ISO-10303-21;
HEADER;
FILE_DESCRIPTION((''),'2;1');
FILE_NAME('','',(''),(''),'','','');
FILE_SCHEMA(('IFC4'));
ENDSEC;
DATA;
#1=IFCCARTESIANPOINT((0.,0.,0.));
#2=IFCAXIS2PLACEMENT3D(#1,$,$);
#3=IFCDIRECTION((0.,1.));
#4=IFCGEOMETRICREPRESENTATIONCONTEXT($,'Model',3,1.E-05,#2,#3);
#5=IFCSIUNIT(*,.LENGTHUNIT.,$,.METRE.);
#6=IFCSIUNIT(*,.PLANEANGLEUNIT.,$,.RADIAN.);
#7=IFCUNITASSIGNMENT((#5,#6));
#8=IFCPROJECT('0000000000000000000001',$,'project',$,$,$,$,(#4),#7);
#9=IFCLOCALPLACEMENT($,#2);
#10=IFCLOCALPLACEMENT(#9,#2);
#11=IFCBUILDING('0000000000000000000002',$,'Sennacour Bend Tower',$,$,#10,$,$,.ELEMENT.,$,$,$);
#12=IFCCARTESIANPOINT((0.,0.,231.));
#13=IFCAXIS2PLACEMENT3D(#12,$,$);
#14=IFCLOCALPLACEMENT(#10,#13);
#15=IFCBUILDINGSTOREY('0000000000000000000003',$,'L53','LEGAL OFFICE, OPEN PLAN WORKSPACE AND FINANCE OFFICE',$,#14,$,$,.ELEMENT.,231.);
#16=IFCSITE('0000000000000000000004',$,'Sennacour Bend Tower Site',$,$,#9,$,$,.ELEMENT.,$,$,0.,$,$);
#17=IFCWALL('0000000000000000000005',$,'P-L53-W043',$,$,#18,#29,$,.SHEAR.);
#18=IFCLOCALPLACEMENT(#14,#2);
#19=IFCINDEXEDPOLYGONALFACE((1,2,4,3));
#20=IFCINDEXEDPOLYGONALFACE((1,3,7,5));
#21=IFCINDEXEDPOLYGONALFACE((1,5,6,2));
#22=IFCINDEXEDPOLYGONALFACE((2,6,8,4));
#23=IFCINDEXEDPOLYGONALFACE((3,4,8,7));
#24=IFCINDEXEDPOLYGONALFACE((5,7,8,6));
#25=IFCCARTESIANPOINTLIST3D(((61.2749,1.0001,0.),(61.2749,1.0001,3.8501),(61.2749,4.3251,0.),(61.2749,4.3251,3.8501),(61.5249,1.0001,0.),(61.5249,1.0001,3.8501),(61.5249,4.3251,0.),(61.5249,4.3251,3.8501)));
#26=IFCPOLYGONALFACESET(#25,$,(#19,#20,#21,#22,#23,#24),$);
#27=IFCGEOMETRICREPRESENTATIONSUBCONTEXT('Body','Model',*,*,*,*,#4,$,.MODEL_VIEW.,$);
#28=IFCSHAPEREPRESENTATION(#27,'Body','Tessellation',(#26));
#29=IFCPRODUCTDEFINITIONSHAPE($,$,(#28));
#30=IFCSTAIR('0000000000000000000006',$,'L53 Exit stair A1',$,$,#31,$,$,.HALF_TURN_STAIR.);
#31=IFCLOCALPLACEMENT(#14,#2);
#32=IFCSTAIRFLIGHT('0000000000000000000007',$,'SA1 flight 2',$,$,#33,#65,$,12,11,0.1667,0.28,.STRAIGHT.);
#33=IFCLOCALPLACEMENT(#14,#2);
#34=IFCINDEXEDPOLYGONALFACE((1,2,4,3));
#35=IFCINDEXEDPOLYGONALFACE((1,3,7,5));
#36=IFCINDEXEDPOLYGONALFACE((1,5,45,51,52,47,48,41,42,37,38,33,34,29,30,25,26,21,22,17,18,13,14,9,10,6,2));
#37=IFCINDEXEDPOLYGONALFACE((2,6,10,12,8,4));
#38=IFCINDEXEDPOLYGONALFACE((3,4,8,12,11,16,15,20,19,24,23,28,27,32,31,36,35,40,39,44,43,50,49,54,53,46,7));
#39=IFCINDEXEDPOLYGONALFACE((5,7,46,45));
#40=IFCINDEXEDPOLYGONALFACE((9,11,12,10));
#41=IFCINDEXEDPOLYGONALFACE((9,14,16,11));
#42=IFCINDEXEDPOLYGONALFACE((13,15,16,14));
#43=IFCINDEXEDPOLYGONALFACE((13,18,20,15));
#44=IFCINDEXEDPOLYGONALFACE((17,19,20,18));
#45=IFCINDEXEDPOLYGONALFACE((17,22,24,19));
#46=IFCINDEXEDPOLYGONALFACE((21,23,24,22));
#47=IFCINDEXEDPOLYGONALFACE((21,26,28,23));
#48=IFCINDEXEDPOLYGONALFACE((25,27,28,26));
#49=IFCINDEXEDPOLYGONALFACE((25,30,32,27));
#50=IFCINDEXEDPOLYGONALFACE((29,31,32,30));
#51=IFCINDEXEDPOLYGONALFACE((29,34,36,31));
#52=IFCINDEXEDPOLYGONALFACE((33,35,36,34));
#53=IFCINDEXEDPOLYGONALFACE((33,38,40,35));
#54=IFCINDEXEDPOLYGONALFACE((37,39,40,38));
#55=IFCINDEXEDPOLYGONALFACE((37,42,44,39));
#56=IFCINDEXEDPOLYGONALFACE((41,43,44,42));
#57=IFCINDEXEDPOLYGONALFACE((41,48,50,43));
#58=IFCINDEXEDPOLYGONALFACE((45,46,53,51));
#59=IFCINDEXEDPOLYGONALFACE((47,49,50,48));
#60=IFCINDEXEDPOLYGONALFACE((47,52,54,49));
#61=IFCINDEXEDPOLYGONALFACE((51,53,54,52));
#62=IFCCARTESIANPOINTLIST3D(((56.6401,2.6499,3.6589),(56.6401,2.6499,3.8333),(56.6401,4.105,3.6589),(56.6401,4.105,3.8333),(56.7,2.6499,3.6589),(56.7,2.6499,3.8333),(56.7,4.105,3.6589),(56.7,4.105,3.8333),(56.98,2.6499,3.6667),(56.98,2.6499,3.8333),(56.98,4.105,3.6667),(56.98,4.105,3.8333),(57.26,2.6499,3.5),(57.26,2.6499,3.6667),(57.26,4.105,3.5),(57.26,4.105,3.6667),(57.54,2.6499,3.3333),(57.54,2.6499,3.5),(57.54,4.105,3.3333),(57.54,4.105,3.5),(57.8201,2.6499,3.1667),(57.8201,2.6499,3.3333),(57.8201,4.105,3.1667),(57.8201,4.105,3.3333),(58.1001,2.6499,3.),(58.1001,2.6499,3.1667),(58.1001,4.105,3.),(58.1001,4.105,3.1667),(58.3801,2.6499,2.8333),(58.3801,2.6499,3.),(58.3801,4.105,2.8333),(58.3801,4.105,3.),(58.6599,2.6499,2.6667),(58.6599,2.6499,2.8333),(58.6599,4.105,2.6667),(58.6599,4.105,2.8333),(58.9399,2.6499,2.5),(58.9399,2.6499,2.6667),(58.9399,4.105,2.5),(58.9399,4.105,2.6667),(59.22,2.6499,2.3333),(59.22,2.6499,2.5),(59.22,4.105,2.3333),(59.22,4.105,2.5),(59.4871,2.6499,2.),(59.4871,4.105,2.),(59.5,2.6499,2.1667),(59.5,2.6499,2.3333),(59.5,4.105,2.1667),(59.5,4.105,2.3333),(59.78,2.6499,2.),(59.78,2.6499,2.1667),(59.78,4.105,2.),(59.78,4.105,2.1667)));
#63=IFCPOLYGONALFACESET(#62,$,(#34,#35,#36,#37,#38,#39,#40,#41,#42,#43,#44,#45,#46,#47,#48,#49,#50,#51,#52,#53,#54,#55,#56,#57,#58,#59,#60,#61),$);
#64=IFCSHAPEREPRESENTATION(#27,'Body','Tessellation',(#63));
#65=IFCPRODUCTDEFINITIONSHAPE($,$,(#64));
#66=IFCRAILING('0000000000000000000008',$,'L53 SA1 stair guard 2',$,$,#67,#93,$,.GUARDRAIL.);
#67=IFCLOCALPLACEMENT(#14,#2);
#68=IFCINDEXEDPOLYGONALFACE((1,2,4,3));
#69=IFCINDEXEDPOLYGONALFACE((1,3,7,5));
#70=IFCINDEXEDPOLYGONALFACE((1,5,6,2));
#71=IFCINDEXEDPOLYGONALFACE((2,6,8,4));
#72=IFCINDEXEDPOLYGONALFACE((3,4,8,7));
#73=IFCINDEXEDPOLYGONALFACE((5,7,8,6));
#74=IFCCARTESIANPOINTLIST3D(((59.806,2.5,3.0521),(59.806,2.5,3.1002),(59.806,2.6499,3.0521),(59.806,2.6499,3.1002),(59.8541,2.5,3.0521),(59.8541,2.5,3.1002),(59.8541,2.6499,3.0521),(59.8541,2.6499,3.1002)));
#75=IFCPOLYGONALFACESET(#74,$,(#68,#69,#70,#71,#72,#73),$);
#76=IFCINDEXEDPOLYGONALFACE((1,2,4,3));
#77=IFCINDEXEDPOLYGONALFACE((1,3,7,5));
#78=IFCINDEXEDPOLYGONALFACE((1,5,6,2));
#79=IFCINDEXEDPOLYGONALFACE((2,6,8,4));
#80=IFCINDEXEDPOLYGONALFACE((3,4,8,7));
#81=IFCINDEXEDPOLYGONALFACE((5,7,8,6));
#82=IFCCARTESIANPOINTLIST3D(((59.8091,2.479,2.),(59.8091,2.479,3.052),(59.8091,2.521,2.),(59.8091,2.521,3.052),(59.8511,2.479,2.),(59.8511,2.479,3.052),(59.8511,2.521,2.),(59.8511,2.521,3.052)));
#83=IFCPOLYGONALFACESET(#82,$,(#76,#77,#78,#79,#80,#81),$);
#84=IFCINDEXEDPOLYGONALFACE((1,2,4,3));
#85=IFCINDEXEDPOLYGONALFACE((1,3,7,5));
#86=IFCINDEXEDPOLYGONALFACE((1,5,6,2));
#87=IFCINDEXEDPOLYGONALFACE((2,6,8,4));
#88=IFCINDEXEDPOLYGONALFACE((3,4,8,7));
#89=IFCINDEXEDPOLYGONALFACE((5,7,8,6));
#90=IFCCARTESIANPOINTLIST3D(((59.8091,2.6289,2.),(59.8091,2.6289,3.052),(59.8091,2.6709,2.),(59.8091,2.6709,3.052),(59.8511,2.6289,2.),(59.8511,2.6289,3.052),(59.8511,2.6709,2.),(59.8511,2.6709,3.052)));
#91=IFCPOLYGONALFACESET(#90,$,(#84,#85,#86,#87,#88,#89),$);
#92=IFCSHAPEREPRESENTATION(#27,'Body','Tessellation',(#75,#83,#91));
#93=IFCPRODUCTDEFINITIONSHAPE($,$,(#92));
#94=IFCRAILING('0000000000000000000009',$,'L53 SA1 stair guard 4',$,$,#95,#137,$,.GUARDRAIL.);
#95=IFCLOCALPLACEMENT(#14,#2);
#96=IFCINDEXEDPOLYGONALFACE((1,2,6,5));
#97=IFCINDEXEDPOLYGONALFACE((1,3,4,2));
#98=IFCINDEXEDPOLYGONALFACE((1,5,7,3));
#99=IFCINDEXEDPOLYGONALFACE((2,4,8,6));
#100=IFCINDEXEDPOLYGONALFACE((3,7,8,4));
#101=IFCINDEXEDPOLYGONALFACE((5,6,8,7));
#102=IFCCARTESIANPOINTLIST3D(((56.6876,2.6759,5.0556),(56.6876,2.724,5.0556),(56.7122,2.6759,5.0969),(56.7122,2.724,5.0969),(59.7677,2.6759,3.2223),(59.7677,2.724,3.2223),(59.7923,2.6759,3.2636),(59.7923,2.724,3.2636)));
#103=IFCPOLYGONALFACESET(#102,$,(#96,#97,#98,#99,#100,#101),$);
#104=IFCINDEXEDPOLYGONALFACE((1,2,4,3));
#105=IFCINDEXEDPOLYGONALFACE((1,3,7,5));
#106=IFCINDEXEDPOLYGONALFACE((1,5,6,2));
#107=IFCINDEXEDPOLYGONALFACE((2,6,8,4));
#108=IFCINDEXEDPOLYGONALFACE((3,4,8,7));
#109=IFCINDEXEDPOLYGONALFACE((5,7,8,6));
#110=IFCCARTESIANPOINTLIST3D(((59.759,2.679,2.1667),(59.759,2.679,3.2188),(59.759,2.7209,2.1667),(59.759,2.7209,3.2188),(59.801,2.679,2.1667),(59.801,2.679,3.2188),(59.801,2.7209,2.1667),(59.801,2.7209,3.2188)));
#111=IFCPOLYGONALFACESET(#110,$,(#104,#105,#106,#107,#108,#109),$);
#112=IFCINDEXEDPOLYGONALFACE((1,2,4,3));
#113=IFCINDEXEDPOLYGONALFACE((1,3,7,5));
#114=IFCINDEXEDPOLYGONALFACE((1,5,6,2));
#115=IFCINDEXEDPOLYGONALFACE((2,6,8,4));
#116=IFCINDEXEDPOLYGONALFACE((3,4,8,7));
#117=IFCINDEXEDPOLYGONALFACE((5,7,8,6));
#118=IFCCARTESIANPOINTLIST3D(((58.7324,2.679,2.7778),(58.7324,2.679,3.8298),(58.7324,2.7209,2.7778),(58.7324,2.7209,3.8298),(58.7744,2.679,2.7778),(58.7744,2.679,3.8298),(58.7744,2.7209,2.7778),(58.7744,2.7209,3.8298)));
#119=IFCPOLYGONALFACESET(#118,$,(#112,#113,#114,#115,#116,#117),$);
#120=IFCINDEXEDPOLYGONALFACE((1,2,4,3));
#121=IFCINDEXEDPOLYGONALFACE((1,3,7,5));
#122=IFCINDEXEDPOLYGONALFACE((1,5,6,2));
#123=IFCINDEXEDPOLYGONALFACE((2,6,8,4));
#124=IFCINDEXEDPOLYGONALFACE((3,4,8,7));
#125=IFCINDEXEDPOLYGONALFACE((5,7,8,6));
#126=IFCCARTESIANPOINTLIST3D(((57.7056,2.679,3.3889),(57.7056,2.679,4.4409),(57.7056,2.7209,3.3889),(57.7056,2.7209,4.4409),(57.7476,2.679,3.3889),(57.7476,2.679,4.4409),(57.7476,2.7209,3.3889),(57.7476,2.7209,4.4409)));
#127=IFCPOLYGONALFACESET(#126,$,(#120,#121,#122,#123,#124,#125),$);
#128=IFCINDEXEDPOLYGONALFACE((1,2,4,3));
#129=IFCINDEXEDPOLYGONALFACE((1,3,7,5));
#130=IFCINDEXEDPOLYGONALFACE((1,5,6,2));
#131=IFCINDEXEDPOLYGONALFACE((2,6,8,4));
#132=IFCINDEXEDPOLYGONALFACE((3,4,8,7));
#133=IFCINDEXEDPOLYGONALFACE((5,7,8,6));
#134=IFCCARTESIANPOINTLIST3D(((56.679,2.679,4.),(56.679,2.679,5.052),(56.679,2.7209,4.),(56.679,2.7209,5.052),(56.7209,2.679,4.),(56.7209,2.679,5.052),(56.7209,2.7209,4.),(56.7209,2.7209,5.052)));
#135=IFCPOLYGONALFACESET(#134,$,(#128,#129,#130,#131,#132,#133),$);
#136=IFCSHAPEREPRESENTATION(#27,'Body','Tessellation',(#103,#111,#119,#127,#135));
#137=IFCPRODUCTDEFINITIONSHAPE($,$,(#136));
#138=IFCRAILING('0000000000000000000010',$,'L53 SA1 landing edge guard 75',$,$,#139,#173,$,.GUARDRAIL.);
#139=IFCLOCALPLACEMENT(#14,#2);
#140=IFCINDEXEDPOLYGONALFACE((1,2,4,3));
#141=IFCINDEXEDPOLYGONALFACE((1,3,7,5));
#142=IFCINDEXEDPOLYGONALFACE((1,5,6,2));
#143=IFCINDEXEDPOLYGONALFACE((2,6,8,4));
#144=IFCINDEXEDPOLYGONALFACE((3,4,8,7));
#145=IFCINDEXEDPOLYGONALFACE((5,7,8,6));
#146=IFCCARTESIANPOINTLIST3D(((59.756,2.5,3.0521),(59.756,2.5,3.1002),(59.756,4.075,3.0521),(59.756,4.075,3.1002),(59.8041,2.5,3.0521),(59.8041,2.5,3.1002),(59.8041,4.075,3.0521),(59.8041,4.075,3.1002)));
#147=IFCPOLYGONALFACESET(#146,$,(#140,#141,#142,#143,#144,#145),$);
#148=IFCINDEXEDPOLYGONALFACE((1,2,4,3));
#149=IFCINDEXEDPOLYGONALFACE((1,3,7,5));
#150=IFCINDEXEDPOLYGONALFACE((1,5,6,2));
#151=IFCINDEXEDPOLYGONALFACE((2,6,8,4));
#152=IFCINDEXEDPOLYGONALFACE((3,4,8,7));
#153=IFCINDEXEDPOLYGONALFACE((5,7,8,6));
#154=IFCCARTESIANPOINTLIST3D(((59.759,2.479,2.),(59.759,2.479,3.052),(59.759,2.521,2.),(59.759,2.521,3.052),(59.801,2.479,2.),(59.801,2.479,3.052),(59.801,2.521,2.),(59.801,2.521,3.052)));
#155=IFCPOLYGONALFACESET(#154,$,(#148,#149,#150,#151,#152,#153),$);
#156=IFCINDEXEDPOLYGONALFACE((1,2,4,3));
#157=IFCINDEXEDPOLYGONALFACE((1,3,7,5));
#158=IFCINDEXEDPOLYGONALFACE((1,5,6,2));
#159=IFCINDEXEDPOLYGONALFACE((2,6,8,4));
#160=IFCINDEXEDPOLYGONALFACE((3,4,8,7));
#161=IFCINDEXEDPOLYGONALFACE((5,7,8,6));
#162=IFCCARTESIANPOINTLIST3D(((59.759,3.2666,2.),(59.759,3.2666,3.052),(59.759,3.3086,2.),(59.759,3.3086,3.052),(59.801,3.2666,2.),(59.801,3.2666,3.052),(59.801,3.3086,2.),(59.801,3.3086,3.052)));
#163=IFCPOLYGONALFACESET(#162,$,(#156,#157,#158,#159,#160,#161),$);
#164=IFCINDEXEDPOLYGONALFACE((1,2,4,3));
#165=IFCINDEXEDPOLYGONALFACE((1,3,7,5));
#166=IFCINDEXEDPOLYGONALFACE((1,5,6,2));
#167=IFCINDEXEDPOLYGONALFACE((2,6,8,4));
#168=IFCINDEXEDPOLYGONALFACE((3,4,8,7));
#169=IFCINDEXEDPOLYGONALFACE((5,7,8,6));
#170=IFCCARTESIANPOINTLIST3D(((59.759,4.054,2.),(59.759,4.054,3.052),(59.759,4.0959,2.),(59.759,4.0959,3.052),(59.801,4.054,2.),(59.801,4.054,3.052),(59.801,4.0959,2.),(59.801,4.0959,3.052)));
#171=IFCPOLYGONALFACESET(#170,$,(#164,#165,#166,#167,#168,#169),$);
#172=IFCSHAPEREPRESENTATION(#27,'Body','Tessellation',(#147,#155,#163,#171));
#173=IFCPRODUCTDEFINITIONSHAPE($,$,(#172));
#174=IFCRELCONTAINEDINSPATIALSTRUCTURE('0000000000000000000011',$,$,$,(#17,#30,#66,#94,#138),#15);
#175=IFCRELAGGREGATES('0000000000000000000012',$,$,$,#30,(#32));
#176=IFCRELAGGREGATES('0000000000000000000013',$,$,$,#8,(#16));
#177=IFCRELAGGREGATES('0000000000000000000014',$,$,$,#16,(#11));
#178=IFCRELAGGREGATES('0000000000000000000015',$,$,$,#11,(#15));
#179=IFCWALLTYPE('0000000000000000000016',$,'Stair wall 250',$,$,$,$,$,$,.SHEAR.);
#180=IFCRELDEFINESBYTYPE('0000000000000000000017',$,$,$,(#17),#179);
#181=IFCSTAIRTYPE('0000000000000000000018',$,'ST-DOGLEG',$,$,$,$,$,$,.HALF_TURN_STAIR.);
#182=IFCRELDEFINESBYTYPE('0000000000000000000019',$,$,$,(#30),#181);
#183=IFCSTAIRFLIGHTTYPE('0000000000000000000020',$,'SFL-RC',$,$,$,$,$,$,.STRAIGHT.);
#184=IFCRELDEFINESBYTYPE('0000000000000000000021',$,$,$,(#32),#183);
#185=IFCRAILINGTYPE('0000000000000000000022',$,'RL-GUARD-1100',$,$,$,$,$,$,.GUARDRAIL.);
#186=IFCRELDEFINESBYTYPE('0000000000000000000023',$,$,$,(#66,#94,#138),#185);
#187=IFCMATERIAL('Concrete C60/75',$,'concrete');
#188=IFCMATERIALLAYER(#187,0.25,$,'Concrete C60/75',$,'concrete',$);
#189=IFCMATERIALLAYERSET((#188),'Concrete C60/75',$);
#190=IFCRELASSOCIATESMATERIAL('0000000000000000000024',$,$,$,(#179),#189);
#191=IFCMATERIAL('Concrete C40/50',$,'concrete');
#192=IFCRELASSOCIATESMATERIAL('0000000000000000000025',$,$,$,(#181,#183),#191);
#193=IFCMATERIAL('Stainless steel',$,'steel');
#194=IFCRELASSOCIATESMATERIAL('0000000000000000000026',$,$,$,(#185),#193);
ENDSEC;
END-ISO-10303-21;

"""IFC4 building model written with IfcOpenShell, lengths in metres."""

from ifc_helpers import new_model, si_unit, direction, frame, frame_2d, origin, origin_2d, place, context, subcontext, project, spatial, polyline, rectangle, outline, extrude, material, layer, layer_set, type_object, element, aggregate, save


model = new_model("IFC4")

# Units and contexts
model_context = context("Model", 3, precision=1e-05, world=origin(), true_north=direction((0.0, 1.0)))
body_context = subcontext(model_context, "Body", "Model", "MODEL_VIEW")
ifc_project = project(units=[si_unit("LENGTHUNIT", "METRE"), si_unit("PLANEANGLEUNIT", "RADIAN")], contexts=[model_context])

# Site, building, storey
site_placement = place(None, origin())
site = spatial("IfcSite", under=ifc_project, at=site_placement, Name="Sennacour Bend Tower Site", CompositionType="ELEMENT", RefElevation=0.0)
building_placement = place(site_placement, origin())
building = spatial("IfcBuilding", under=site, at=building_placement, Name="Sennacour Bend Tower", CompositionType="ELEMENT")
storey_placement = place(building_placement, frame((0.0, 0.0, 231.0)))
storey = spatial("IfcBuildingStorey", under=building, at=storey_placement, Name="L53", Description="LEGAL OFFICE, OPEN PLAN WORKSPACE AND FINANCE OFFICE", CompositionType="ELEMENT", Elevation=231.0)

# Shared definitions
ifc_material_1 = material(Name="Concrete C60/75", Category="concrete")

# Shared definitions
ifc_material_2 = material(Name="Stainless steel", Category="steel")

# Wall
ifc_layer_1 = layer(ifc_material_1, 0.25, Name="Concrete C60/75", Category="concrete")
ifc_layer_set_1 = layer_set([ifc_layer_1], Name="Concrete C60/75")
wall_type_1 = type_object("IfcWallType", Name="Stair wall 250", PredefinedType="SHEAR", material=ifc_layer_set_1)
wall_1_placement = place(storey_placement, frame((61.3999, 1.0, 0.0), z_axis=(0.0, 0.0, 1.0), x_axis=(0.0, 1.0, 0.0)))
element("IfcWall", 1, at=wall_1_placement, inside=storey, type_object=wall_type_1, Name="P-L53-W043", PredefinedType="SHEAR", context=body_context, shape_type="SweptSolid", body=[
    extrude(rectangle(XDim=3.325, YDim=0.25, at=frame_2d((1.6626, 0.0))), origin(), (0.0, 0.0, 1.0), 3.8501),
])

# Stair, stair flight
ifc_material_3 = material(Name="Concrete C40/50", Category="concrete")
stair_type = type_object("IfcStairType", Name="ST-DOGLEG", PredefinedType="HALF_TURN_STAIR", material=ifc_material_3)
stair_placement = place(storey_placement, origin())
stair = element("IfcStair", 2, at=stair_placement, inside=storey, type_object=stair_type, Name="L53 Exit stair A1", PredefinedType="HALF_TURN_STAIR")
stair_flight_type = type_object("IfcStairFlightType", Name="SFL-RC", PredefinedType="STRAIGHT", material=ifc_material_3)
stair_flight_placement = place(storey_placement, frame((59.78, 3.3774, 2.0), z_axis=(0.0, 0.0, 1.0), x_axis=(-1.0, 0.0, 0.0)))
stair_flight = element("IfcStairFlight", 3, at=stair_flight_placement, type_object=stair_flight_type, Name="SA1 flight 2", NumberOfRisers=12, NumberOfTreads=11, PredefinedType="STRAIGHT", RiserHeight=0.1667, TreadLength=0.28, context=body_context, shape_type="SweptSolid", body=[
    extrude(outline(polyline([(0.0, 0.0), (0.0, 0.1667), (0.28, 0.1667), (0.28, 0.3333), (0.5601, 0.3333), (0.5601, 0.5), (0.8401, 0.5), (0.8401, 0.6667), (1.1201, 0.6667), (1.1201, 0.8333), (1.3999, 0.8333), (1.3999, 1.0), (1.6799, 1.0), (1.6799, 1.1667), (1.96, 1.1667), (1.96, 1.3333), (2.24, 1.3333), (2.24, 1.5), (2.52, 1.5), (2.52, 1.6667), (2.8, 1.6667), (2.8, 1.8333), (3.0801, 1.8333), (3.1399, 1.8333), (3.1399, 1.6589), (3.0801, 1.6589), (0.293, 0.0), (0.0, 0.0)])), frame((0.0, 0.7275, 0.0), z_axis=(0.0, -1.0, 0.0), x_axis=(1.0, 0.0, 0.0)), (0.0, 0.0, 1.0), 1.4551),
])
aggregate(stair, [stair_flight])

# Railings
railing_type_1 = type_object("IfcRailingType", Name="RL-GUARD-1100", PredefinedType="GUARDRAIL", material=ifc_material_2)
railing_1_placement = place(storey_placement, frame((59.8301, 2.5, 2.0)))
element("IfcRailing", 4, at=railing_1_placement, inside=storey, type_object=railing_type_1, Name="L53 SA1 stair guard 2", PredefinedType="GUARDRAIL", context=body_context, shape_type="SweptSolid", body=[
    extrude(rectangle(XDim=0.0481, YDim=0.0481, at=origin_2d()), frame((0.0, 0.0, 1.0762), z_axis=(0.0, 1.0, 0.0), x_axis=(-1.0, 0.0, 0.0)), (0.0, 0.0, 1.0), 0.1499),
    extrude(rectangle(XDim=0.042, YDim=0.042, at=origin_2d()), origin(), (0.0, 0.0, 1.0), 1.052),
    extrude(rectangle(XDim=0.042, YDim=0.042, at=origin_2d()), frame((0.0, 0.1499, 0.0)), (0.0, 0.0, 1.0), 1.052),
])
railing_2_placement = place(storey_placement, frame((59.78, 2.7, 2.1667)))
element("IfcRailing", 5, at=railing_2_placement, inside=storey, type_object=railing_type_1, Name="L53 SA1 stair guard 4", PredefinedType="GUARDRAIL", context=body_context, shape_type="SweptSolid", body=[
    extrude(rectangle(XDim=0.0481, YDim=0.0481, at=origin_2d()), frame((0.0, 0.0, 1.0762), z_axis=(-0.859309, 0.0, 0.511458), x_axis=(0.0, -1.0, 0.0)), (0.0, 0.0, 1.0), 3.5845),
    extrude(rectangle(XDim=0.042, YDim=0.042, at=origin_2d()), origin(), (0.0, 0.0, 1.0), 1.052),
    extrude(rectangle(XDim=0.042, YDim=0.042, at=origin_2d()), frame((-1.0266, 0.0, 0.6111)), (0.0, 0.0, 1.0), 1.052),
    extrude(rectangle(XDim=0.042, YDim=0.042, at=origin_2d()), frame((-2.0535, 0.0, 1.2222)), (0.0, 0.0, 1.0), 1.052),
    extrude(rectangle(XDim=0.042, YDim=0.042, at=origin_2d()), frame((-3.0801, 0.0, 1.8333)), (0.0, 0.0, 1.0), 1.052),
])
railing_3_placement = place(storey_placement, frame((59.78, 2.5, 2.0)))
element("IfcRailing", 6, at=railing_3_placement, inside=storey, type_object=railing_type_1, Name="L53 SA1 landing edge guard 75", PredefinedType="GUARDRAIL", context=body_context, shape_type="SweptSolid", body=[
    extrude(rectangle(XDim=0.0481, YDim=0.0481, at=origin_2d()), frame((0.0, 0.0, 1.0762), z_axis=(0.0, 1.0, 0.0), x_axis=(-1.0, 0.0, 0.0)), (0.0, 0.0, 1.0), 1.575),
    extrude(rectangle(XDim=0.042, YDim=0.042, at=origin_2d()), origin(), (0.0, 0.0, 1.0), 1.052),
    extrude(rectangle(XDim=0.042, YDim=0.042, at=origin_2d()), frame((0.0, 0.7876, 0.0)), (0.0, 0.0, 1.0), 1.052),
    extrude(rectangle(XDim=0.042, YDim=0.042, at=origin_2d()), frame((0.0, 1.575, 0.0)), (0.0, 0.0, 1.0), 1.052),
])

save(model, "model.ifc")
